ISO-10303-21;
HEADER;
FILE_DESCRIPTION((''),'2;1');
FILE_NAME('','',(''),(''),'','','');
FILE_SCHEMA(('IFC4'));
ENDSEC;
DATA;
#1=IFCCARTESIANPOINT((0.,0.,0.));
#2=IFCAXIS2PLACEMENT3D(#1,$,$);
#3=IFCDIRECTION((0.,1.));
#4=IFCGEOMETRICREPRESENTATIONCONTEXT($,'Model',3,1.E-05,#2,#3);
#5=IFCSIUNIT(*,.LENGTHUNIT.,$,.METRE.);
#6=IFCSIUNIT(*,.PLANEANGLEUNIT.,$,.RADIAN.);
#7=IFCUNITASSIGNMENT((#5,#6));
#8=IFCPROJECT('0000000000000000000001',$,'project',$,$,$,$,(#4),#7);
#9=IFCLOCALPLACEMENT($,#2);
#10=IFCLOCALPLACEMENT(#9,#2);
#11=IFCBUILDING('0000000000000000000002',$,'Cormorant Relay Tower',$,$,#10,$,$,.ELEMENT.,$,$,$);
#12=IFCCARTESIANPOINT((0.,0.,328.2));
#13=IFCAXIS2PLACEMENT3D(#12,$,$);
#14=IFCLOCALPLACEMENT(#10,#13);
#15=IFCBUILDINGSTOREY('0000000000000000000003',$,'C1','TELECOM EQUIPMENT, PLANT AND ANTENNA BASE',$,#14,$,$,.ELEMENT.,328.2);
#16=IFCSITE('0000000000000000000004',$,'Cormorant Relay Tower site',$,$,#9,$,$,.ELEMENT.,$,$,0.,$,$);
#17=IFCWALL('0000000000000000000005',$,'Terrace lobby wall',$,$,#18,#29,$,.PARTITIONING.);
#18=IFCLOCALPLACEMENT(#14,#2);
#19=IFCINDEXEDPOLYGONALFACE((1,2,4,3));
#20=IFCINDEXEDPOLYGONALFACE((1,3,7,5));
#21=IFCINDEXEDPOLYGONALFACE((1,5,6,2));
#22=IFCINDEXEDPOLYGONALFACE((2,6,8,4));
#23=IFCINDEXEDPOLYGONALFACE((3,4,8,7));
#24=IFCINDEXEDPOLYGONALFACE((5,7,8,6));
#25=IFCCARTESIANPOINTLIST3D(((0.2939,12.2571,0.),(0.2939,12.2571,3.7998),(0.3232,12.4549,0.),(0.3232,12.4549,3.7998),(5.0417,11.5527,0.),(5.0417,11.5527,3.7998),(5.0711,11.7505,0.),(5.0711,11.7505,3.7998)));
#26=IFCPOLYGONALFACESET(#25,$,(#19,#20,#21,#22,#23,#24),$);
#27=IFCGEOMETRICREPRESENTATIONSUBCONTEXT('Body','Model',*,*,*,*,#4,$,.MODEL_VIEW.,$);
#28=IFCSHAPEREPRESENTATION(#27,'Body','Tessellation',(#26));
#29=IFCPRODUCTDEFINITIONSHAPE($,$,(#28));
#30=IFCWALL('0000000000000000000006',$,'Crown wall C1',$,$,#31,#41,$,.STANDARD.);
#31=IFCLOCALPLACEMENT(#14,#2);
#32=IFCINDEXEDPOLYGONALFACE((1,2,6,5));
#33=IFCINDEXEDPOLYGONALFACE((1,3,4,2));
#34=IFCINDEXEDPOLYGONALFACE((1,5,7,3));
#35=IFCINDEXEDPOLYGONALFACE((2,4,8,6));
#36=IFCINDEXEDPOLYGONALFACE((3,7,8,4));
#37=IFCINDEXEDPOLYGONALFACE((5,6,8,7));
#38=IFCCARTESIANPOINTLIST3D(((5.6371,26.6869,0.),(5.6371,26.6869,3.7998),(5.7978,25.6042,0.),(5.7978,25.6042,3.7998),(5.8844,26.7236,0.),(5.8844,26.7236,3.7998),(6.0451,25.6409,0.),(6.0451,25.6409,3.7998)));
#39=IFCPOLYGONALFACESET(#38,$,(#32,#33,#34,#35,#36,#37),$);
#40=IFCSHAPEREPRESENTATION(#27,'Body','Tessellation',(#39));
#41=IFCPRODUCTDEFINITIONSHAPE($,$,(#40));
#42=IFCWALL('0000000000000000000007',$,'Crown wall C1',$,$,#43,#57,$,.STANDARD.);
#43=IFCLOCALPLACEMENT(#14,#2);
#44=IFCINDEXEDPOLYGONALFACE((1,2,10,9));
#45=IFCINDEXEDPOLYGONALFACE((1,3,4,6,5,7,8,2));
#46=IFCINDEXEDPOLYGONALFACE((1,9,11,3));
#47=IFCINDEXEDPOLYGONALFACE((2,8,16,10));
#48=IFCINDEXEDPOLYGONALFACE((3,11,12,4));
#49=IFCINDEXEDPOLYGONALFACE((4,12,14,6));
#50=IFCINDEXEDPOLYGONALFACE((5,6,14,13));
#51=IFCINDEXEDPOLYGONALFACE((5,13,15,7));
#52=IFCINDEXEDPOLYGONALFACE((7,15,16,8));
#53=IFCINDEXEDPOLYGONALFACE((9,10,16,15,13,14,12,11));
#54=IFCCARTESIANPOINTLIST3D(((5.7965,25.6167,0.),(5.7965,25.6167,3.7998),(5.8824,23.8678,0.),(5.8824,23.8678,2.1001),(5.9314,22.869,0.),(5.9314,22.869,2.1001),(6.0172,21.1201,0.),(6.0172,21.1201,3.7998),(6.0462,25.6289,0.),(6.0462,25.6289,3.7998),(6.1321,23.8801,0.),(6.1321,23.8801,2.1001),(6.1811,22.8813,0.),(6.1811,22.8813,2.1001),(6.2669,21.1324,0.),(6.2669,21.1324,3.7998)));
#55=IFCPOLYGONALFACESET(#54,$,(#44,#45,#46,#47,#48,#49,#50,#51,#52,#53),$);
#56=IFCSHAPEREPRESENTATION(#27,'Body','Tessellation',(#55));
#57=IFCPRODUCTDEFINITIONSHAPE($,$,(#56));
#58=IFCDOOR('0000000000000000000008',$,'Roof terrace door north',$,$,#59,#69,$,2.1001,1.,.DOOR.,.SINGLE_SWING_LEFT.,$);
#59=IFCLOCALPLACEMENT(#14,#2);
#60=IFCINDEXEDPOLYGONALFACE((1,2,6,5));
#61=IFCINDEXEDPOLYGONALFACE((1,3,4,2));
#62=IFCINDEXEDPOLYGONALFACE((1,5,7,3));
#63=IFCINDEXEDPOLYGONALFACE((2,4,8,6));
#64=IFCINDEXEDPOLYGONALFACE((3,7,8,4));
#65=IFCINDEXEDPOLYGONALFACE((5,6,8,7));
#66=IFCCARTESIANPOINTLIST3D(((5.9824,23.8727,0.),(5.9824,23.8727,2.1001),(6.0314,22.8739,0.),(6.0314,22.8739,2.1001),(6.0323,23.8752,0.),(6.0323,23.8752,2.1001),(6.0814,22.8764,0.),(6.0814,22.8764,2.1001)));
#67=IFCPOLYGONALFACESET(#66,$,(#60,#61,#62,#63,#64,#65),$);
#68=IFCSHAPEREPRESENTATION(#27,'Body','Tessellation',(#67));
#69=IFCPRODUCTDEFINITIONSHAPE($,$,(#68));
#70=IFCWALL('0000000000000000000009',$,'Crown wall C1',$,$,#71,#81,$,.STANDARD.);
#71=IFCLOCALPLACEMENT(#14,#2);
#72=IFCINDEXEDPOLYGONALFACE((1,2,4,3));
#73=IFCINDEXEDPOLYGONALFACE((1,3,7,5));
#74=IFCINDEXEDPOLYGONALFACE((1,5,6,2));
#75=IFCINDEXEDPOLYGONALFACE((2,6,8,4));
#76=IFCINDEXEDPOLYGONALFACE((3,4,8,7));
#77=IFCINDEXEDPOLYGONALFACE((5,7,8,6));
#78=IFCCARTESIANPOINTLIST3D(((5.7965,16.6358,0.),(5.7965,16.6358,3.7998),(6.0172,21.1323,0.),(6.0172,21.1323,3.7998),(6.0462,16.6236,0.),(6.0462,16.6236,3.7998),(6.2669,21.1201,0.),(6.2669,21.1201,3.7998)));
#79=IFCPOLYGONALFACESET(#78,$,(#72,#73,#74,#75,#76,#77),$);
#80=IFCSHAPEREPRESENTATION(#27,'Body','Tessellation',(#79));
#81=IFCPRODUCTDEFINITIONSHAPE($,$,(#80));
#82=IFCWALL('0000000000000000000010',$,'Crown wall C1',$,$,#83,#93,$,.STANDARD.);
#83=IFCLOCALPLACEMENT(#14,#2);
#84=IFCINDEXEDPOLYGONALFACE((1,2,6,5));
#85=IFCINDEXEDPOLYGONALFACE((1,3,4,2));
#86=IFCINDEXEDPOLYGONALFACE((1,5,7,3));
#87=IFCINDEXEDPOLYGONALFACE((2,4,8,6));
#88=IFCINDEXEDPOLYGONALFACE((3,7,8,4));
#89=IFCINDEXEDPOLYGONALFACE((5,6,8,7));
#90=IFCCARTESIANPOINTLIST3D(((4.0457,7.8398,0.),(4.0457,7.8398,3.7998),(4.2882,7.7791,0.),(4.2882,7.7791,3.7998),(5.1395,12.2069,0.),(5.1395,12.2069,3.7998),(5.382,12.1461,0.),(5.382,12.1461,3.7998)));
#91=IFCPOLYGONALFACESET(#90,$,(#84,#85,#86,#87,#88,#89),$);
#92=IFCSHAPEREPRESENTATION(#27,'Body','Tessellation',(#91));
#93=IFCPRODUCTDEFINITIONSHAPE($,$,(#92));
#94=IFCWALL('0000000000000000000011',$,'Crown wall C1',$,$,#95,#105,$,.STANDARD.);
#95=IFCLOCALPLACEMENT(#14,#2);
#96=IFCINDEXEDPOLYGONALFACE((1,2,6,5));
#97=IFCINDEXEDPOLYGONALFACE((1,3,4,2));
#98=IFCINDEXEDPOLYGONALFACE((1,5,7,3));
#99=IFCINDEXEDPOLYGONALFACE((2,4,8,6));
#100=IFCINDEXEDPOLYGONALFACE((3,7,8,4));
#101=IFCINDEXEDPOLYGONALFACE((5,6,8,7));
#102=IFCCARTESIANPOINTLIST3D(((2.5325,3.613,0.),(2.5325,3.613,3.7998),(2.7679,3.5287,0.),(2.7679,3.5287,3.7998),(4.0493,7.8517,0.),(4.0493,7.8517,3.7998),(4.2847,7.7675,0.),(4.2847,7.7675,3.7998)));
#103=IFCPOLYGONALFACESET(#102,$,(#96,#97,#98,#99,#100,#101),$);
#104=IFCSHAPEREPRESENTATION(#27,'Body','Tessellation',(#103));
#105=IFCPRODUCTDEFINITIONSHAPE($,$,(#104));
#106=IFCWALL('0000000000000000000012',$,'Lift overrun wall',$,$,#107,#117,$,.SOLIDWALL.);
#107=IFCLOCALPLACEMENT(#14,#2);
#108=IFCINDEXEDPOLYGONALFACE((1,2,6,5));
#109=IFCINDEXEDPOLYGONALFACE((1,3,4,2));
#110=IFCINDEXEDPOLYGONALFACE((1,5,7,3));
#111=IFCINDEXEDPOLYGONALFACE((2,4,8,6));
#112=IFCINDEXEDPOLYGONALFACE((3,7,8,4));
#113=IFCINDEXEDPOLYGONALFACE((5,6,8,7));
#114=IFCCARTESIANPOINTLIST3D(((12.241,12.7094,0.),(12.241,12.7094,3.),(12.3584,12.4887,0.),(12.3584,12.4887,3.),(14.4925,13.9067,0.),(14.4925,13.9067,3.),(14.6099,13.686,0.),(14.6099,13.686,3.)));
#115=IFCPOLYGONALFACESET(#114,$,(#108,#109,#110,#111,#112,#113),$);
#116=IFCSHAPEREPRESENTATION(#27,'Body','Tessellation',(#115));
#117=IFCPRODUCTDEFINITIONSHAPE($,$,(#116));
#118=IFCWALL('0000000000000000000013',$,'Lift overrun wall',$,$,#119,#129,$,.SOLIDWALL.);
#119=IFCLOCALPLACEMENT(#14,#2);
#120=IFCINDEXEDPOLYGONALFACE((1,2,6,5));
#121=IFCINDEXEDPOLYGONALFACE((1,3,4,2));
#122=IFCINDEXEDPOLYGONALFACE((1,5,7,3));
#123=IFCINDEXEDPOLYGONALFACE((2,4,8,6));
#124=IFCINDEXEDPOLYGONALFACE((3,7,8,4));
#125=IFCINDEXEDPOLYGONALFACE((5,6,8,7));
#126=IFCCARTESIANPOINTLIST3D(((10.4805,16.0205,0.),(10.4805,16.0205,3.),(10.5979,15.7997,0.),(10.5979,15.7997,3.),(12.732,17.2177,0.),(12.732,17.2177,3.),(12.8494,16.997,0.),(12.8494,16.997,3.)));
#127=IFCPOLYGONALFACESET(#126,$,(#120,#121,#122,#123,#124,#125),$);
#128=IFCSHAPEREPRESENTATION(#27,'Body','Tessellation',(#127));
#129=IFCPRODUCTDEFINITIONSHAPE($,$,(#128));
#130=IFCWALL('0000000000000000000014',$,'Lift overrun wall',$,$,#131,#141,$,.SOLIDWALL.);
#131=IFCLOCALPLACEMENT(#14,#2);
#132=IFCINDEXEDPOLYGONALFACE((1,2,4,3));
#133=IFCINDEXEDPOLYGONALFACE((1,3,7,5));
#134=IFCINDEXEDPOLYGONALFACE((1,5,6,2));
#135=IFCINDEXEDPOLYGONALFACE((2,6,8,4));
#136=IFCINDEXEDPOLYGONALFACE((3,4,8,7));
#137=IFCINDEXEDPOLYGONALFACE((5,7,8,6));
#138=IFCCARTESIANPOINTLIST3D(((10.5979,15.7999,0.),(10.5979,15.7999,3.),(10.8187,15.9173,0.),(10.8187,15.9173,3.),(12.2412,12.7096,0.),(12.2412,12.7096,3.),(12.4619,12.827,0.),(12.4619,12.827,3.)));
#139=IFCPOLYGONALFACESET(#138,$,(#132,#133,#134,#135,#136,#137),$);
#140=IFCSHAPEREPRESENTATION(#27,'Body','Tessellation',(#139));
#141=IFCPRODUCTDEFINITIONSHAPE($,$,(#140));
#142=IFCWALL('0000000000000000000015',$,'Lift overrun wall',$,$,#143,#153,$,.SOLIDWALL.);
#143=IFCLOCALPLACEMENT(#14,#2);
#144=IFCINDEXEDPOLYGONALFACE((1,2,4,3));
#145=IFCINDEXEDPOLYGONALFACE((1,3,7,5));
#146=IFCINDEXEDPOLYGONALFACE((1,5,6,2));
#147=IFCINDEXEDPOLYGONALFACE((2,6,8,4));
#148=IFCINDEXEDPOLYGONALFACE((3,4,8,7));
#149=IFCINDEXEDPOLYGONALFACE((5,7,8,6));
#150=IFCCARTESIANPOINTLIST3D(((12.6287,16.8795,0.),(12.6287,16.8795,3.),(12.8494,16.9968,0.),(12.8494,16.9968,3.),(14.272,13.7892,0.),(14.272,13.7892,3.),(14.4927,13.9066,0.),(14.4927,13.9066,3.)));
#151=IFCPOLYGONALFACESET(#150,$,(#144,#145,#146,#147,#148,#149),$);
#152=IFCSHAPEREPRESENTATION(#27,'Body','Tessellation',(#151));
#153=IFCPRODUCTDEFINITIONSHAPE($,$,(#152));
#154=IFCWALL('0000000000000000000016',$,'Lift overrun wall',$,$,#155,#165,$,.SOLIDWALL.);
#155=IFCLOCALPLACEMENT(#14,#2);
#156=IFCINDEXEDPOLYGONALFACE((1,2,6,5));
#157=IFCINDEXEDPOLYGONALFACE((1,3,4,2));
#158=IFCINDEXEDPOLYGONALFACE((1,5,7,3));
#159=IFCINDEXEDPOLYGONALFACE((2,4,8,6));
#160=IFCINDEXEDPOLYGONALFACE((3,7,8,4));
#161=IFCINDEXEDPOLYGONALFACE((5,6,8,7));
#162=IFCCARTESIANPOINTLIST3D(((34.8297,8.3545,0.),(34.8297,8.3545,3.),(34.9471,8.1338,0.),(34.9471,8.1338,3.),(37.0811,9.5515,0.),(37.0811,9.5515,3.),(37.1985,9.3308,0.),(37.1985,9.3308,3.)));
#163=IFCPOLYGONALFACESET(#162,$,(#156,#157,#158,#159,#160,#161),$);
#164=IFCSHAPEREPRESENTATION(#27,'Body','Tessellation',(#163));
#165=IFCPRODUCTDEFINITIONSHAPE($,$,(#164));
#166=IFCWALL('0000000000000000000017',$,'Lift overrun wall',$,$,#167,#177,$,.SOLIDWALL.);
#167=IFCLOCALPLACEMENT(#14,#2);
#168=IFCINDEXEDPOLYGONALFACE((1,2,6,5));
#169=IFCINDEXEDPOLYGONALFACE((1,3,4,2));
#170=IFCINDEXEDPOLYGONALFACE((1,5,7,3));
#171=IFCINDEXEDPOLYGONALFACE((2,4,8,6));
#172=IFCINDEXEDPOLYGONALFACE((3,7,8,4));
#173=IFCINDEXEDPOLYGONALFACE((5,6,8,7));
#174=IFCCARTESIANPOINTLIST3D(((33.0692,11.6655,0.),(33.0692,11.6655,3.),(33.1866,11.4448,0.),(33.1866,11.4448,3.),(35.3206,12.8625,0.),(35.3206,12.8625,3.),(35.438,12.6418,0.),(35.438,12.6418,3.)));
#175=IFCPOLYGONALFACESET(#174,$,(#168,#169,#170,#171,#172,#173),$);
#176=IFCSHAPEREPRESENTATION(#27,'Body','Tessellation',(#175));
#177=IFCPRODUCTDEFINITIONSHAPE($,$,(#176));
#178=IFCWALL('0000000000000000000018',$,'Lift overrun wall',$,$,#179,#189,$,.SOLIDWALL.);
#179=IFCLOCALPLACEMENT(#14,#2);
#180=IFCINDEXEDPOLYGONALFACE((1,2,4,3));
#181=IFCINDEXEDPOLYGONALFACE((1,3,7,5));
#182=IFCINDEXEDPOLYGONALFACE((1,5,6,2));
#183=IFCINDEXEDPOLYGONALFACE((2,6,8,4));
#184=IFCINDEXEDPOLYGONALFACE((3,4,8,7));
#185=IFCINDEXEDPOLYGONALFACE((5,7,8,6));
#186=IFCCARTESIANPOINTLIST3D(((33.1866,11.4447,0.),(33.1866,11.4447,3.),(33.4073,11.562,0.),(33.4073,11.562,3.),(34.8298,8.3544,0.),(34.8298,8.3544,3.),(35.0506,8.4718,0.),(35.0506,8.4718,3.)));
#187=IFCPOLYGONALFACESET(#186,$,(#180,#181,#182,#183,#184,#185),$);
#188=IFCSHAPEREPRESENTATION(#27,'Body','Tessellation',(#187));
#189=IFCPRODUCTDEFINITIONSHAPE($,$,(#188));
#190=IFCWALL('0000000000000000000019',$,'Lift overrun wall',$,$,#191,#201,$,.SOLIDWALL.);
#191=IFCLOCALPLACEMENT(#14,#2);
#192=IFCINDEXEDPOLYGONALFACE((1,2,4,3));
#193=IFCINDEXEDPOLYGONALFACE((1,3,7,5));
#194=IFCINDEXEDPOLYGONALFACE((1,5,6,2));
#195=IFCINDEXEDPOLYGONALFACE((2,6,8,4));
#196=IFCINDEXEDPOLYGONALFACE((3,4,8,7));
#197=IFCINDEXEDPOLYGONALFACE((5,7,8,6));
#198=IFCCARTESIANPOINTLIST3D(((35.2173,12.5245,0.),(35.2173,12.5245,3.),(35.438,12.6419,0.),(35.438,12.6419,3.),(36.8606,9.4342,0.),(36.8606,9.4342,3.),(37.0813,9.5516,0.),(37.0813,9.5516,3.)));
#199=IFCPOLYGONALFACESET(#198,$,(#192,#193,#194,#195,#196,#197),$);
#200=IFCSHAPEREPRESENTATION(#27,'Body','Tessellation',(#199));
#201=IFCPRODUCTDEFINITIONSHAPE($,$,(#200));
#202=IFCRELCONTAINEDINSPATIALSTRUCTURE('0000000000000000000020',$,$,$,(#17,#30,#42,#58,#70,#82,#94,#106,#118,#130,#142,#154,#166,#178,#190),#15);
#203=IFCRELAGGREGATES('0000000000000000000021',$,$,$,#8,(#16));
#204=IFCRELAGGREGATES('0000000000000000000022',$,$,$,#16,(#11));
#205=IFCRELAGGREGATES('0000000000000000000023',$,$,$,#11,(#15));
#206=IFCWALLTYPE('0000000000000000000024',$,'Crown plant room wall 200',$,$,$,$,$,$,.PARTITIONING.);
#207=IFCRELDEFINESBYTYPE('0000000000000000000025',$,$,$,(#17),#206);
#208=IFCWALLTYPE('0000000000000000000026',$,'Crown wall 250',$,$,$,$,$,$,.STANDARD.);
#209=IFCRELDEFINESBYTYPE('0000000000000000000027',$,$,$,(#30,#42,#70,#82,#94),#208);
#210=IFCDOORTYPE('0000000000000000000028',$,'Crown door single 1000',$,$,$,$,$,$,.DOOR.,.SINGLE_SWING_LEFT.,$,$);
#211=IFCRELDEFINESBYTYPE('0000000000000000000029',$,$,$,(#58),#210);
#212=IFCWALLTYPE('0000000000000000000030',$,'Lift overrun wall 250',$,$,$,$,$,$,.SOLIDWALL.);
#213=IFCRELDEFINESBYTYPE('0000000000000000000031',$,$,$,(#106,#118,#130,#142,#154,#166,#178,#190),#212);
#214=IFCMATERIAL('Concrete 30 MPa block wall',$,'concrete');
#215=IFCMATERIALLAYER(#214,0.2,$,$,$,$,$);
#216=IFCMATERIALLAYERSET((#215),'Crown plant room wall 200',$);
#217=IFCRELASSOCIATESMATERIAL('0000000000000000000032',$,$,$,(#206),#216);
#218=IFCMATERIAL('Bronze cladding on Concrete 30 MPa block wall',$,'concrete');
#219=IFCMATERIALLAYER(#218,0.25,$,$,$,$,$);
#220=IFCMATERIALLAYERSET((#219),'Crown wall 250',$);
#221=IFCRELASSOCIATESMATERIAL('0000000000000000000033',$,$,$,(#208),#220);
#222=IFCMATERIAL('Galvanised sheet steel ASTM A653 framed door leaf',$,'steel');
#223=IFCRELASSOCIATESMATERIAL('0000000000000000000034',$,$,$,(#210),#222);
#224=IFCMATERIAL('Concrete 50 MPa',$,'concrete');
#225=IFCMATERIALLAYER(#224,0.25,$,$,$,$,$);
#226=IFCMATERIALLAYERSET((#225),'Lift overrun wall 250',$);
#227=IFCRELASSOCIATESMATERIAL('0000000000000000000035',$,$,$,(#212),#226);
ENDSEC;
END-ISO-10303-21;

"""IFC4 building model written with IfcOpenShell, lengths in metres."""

from ifc_helpers import new_model, si_unit, direction, frame, frame_2d, origin, place, context, subcontext, project, spatial, rectangle, extrude, material, layer, layer_set, type_object, element, fill, save


model = new_model("IFC4")

# Units and contexts
model_context = context("Model", 3, precision=1e-05, world=origin(), true_north=direction((0.0, 1.0)))
body_context = subcontext(model_context, "Body", "Model", "MODEL_VIEW")
ifc_project = project(units=[si_unit("LENGTHUNIT", "METRE"), si_unit("PLANEANGLEUNIT", "RADIAN")], contexts=[model_context])

# Site, building, storey
site_placement = place(None, origin())
site = spatial("IfcSite", under=ifc_project, at=site_placement, Name="Cormorant Relay Tower site", CompositionType="ELEMENT", RefElevation=0.0)
building_placement = place(site_placement, origin())
building = spatial("IfcBuilding", under=site, at=building_placement, Name="Cormorant Relay Tower", CompositionType="ELEMENT")
storey_placement = place(building_placement, frame((0.0, 0.0, 328.2)))
storey = spatial("IfcBuildingStorey", under=building, at=storey_placement, Name="C1", Description="TELECOM EQUIPMENT, PLANT AND ANTENNA BASE", CompositionType="ELEMENT", Elevation=328.2)

# Walls
ifc_material_1 = material(Name="Concrete 30 MPa block wall", Category="concrete")
ifc_layer_1 = layer(ifc_material_1, 0.2)
ifc_layer_set_1 = layer_set([ifc_layer_1], Name="Crown plant room wall 200")
wall_type_1 = type_object("IfcWallType", Name="Crown plant room wall 200", PredefinedType="PARTITIONING", material=ifc_layer_set_1)
wall_1_placement = place(storey_placement, frame((5.0564, 11.6516, 0.0), z_axis=(0.0, 0.0, 1.0), x_axis=(-0.989174, 0.146746, 0.0)))
element("IfcWall", 1, at=wall_1_placement, inside=storey, type_object=wall_type_1, Name="Terrace lobby wall", PredefinedType="PARTITIONING", context=body_context, shape_type="SweptSolid", body=[
    extrude(rectangle(XDim=4.7998, YDim=0.2, at=frame_2d((2.3999, 0.0))), origin(), (0.0, 0.0, 1.0), 3.7998),
])
ifc_material_2 = material(Name="Bronze cladding on Concrete 30 MPa block wall", Category="concrete")
ifc_layer_2 = layer(ifc_material_2, 0.25)
ifc_layer_set_2 = layer_set([ifc_layer_2], Name="Crown wall 250")
wall_type_2 = type_object("IfcWallType", Name="Crown wall 250", PredefinedType="STANDARD", material=ifc_layer_set_2)
wall_2_placement = place(storey_placement, frame((5.7607, 26.7053, 0.0), z_axis=(0.0, 0.0, 1.0), x_axis=(0.146791, -0.989167, 0.0)))
element("IfcWall", 2, at=wall_2_placement, inside=storey, type_object=wall_type_2, Name="Crown wall C1", PredefinedType="STANDARD", context=body_context, shape_type="SweptSolid", body=[
    extrude(rectangle(XDim=1.0945, YDim=0.25, at=frame_2d((0.5474, 0.0))), origin(), (0.0, 0.0, 1.0), 3.7998),
])

# Wall, opening, door
wall_3_placement = place(storey_placement, frame((5.9214, 25.6228, 0.0), z_axis=(0.0, 0.0, 1.0), x_axis=(0.049023, -0.998798, 0.0)))
wall_3 = element("IfcWall", 3, at=wall_3_placement, inside=storey, type_object=wall_type_2, Name="Crown wall C1", PredefinedType="STANDARD", context=body_context, shape_type="SweptSolid", body=[
    extrude(rectangle(XDim=4.502, YDim=0.25, at=frame_2d((2.251, 0.0))), origin(), (0.0, 0.0, 1.0), 3.7998),
])
opening_1_placement = place(wall_3_placement, frame((1.751, 0.0, 0.0)))
opening_1 = element("IfcOpeningElement", 4, at=opening_1_placement, cuts=wall_3, PredefinedType="OPENING", context=body_context, shape_type="SweptSolid", body=[
    extrude(rectangle(XDim=1.0, YDim=2.1001, at=frame_2d((0.5, 1.05))), frame((0.0, 0.135, 0.0), z_axis=(0.0, -1.0, 0.0), x_axis=(1.0, 0.0, 0.0)), (0.0, 0.0, 1.0), 0.27),
])
ifc_material_3 = material(Name="Galvanised sheet steel ASTM A653 framed door leaf", Category="steel")
door_type_1 = type_object("IfcDoorType", Name="Crown door single 1000", OperationType="SINGLE_SWING_LEFT", PredefinedType="DOOR", material=ifc_material_3)
door_1_placement = place(opening_1_placement, frame((1.0, 0.0, 0.0), z_axis=(0.0, 0.0, 1.0), x_axis=(-1.0, 0.0, 0.0)))
door_1 = element("IfcDoor", 5, at=door_1_placement, inside=storey, type_object=door_type_1, Name="Roof terrace door north", OperationType="SINGLE_SWING_LEFT", OverallHeight=2.1001, OverallWidth=1.0, PredefinedType="DOOR", context=body_context, shape_type="SweptSolid", body=[
    extrude(rectangle(XDim=1.0, YDim=2.1001, at=frame_2d((0.5, 1.05))), frame((0.0, 0.0249, 0.0), z_axis=(0.0, -1.0, 0.0), x_axis=(1.0, 0.0, 0.0)), (0.0, 0.0, 1.0), 0.05),
])
fill(opening_1, door_1)

# Wall
wall_4_placement = place(storey_placement, frame((6.1421, 21.1262, 0.0), z_axis=(0.0, 0.0, 1.0), x_axis=(-0.049023, -0.998798, 0.0)))
element("IfcWall", 6, at=wall_4_placement, inside=storey, type_object=wall_type_2, Name="Crown wall C1", PredefinedType="STANDARD", context=body_context, shape_type="SweptSolid", body=[
    extrude(rectangle(XDim=4.502, YDim=0.25, at=frame_2d((2.251, 0.0))), origin(), (0.0, 0.0, 1.0), 3.7998),
])

# Walls
for number, where, z_axis, x_axis, name in (
    (7, (5.2607, 12.1765, 0.0), (0.0, 0.0, 1.0), (-0.242957, -0.970037, 0.0), "Crown wall C1"),
    (8, (4.167, 7.8096, 0.0), (0.0, 0.0, 1.0), (-0.336927, -0.941531, 0.0), "Crown wall C1"),
):
    element("IfcWall", number, at=place(storey_placement, frame(where, z_axis=z_axis, x_axis=x_axis)), inside=storey, type_object=wall_type_2, Name=name, PredefinedType="STANDARD", context=body_context, shape_type="SweptSolid", body=[
        extrude(rectangle(XDim=4.502, YDim=0.25, at=frame_2d((2.251, 0.0))), origin(), (0.0, 0.0, 1.0), 3.7998),
    ])
ifc_material_4 = material(Name="Concrete 50 MPa", Category="concrete")
ifc_layer_3 = layer(ifc_material_4, 0.25)
ifc_layer_set_3 = layer_set([ifc_layer_3], Name="Lift overrun wall 250")
wall_type_3 = type_object("IfcWallType", Name="Lift overrun wall 250", PredefinedType="SOLIDWALL", material=ifc_layer_set_3)
for number, where, z_axis, x_axis, name in (
    (9, (12.2998, 12.5991, 0.0), (0.0, 0.0, 1.0), (0.882925, 0.469515, 0.0), "Lift overrun wall"),
    (10, (10.5393, 15.9102, 0.0), (0.0, 0.0, 1.0), (0.882925, 0.469515, 0.0), "Lift overrun wall"),
):
    element("IfcWall", number, at=place(storey_placement, frame(where, z_axis=z_axis, x_axis=x_axis)), inside=storey, type_object=wall_type_3, Name=name, PredefinedType="SOLIDWALL", context=body_context, shape_type="SweptSolid", body=[
        extrude(rectangle(XDim=2.55, YDim=0.25, at=frame_2d((1.2749, 0.0))), origin(), (0.0, 0.0, 1.0), 3.0),
    ])
for number, where, z_axis, x_axis, name in (
    (11, (12.3516, 12.7683, 0.0), (0.0, 0.0, 1.0), (-0.469505, 0.88293, 0.0), "Lift overrun wall"),
    (12, (14.3823, 13.8479, 0.0), (0.0, 0.0, 1.0), (-0.469505, 0.88293, 0.0), "Lift overrun wall"),
):
    element("IfcWall", number, at=place(storey_placement, frame(where, z_axis=z_axis, x_axis=x_axis)), inside=storey, type_object=wall_type_3, Name=name, PredefinedType="SOLIDWALL", context=body_context, shape_type="SweptSolid", body=[
        extrude(rectangle(XDim=3.5, YDim=0.25, at=frame_2d((1.75, 0.0))), origin(), (0.0, 0.0, 1.0), 3.0),
    ])
for number, where, z_axis, x_axis, name in (
    (13, (34.8884, 8.2441, 0.0), (0.0, 0.0, 1.0), (0.882964, 0.46944, 0.0), "Lift overrun wall"),
    (14, (33.1279, 11.5552, 0.0), (0.0, 0.0, 1.0), (0.882964, 0.46944, 0.0), "Lift overrun wall"),
):
    element("IfcWall", number, at=place(storey_placement, frame(where, z_axis=z_axis, x_axis=x_axis)), inside=storey, type_object=wall_type_3, Name=name, PredefinedType="SOLIDWALL", context=body_context, shape_type="SweptSolid", body=[
        extrude(rectangle(XDim=2.5498, YDim=0.25, at=frame_2d((1.2749, 0.0))), origin(), (0.0, 0.0, 1.0), 3.0),
    ])
for number, where, z_axis, x_axis, name in (
    (15, (34.9402, 8.4131, 0.0), (0.0, 0.0, 1.0), (-0.469505, 0.88293, 0.0), "Lift overrun wall"),
    (16, (36.9709, 9.4929, 0.0), (0.0, 0.0, 1.0), (-0.469505, 0.88293, 0.0), "Lift overrun wall"),
):
    element("IfcWall", number, at=place(storey_placement, frame(where, z_axis=z_axis, x_axis=x_axis)), inside=storey, type_object=wall_type_3, Name=name, PredefinedType="SOLIDWALL", context=body_context, shape_type="SweptSolid", body=[
        extrude(rectangle(XDim=3.5, YDim=0.25, at=frame_2d((1.75, 0.0))), origin(), (0.0, 0.0, 1.0), 3.0),
    ])

save(model, "model.ifc")
